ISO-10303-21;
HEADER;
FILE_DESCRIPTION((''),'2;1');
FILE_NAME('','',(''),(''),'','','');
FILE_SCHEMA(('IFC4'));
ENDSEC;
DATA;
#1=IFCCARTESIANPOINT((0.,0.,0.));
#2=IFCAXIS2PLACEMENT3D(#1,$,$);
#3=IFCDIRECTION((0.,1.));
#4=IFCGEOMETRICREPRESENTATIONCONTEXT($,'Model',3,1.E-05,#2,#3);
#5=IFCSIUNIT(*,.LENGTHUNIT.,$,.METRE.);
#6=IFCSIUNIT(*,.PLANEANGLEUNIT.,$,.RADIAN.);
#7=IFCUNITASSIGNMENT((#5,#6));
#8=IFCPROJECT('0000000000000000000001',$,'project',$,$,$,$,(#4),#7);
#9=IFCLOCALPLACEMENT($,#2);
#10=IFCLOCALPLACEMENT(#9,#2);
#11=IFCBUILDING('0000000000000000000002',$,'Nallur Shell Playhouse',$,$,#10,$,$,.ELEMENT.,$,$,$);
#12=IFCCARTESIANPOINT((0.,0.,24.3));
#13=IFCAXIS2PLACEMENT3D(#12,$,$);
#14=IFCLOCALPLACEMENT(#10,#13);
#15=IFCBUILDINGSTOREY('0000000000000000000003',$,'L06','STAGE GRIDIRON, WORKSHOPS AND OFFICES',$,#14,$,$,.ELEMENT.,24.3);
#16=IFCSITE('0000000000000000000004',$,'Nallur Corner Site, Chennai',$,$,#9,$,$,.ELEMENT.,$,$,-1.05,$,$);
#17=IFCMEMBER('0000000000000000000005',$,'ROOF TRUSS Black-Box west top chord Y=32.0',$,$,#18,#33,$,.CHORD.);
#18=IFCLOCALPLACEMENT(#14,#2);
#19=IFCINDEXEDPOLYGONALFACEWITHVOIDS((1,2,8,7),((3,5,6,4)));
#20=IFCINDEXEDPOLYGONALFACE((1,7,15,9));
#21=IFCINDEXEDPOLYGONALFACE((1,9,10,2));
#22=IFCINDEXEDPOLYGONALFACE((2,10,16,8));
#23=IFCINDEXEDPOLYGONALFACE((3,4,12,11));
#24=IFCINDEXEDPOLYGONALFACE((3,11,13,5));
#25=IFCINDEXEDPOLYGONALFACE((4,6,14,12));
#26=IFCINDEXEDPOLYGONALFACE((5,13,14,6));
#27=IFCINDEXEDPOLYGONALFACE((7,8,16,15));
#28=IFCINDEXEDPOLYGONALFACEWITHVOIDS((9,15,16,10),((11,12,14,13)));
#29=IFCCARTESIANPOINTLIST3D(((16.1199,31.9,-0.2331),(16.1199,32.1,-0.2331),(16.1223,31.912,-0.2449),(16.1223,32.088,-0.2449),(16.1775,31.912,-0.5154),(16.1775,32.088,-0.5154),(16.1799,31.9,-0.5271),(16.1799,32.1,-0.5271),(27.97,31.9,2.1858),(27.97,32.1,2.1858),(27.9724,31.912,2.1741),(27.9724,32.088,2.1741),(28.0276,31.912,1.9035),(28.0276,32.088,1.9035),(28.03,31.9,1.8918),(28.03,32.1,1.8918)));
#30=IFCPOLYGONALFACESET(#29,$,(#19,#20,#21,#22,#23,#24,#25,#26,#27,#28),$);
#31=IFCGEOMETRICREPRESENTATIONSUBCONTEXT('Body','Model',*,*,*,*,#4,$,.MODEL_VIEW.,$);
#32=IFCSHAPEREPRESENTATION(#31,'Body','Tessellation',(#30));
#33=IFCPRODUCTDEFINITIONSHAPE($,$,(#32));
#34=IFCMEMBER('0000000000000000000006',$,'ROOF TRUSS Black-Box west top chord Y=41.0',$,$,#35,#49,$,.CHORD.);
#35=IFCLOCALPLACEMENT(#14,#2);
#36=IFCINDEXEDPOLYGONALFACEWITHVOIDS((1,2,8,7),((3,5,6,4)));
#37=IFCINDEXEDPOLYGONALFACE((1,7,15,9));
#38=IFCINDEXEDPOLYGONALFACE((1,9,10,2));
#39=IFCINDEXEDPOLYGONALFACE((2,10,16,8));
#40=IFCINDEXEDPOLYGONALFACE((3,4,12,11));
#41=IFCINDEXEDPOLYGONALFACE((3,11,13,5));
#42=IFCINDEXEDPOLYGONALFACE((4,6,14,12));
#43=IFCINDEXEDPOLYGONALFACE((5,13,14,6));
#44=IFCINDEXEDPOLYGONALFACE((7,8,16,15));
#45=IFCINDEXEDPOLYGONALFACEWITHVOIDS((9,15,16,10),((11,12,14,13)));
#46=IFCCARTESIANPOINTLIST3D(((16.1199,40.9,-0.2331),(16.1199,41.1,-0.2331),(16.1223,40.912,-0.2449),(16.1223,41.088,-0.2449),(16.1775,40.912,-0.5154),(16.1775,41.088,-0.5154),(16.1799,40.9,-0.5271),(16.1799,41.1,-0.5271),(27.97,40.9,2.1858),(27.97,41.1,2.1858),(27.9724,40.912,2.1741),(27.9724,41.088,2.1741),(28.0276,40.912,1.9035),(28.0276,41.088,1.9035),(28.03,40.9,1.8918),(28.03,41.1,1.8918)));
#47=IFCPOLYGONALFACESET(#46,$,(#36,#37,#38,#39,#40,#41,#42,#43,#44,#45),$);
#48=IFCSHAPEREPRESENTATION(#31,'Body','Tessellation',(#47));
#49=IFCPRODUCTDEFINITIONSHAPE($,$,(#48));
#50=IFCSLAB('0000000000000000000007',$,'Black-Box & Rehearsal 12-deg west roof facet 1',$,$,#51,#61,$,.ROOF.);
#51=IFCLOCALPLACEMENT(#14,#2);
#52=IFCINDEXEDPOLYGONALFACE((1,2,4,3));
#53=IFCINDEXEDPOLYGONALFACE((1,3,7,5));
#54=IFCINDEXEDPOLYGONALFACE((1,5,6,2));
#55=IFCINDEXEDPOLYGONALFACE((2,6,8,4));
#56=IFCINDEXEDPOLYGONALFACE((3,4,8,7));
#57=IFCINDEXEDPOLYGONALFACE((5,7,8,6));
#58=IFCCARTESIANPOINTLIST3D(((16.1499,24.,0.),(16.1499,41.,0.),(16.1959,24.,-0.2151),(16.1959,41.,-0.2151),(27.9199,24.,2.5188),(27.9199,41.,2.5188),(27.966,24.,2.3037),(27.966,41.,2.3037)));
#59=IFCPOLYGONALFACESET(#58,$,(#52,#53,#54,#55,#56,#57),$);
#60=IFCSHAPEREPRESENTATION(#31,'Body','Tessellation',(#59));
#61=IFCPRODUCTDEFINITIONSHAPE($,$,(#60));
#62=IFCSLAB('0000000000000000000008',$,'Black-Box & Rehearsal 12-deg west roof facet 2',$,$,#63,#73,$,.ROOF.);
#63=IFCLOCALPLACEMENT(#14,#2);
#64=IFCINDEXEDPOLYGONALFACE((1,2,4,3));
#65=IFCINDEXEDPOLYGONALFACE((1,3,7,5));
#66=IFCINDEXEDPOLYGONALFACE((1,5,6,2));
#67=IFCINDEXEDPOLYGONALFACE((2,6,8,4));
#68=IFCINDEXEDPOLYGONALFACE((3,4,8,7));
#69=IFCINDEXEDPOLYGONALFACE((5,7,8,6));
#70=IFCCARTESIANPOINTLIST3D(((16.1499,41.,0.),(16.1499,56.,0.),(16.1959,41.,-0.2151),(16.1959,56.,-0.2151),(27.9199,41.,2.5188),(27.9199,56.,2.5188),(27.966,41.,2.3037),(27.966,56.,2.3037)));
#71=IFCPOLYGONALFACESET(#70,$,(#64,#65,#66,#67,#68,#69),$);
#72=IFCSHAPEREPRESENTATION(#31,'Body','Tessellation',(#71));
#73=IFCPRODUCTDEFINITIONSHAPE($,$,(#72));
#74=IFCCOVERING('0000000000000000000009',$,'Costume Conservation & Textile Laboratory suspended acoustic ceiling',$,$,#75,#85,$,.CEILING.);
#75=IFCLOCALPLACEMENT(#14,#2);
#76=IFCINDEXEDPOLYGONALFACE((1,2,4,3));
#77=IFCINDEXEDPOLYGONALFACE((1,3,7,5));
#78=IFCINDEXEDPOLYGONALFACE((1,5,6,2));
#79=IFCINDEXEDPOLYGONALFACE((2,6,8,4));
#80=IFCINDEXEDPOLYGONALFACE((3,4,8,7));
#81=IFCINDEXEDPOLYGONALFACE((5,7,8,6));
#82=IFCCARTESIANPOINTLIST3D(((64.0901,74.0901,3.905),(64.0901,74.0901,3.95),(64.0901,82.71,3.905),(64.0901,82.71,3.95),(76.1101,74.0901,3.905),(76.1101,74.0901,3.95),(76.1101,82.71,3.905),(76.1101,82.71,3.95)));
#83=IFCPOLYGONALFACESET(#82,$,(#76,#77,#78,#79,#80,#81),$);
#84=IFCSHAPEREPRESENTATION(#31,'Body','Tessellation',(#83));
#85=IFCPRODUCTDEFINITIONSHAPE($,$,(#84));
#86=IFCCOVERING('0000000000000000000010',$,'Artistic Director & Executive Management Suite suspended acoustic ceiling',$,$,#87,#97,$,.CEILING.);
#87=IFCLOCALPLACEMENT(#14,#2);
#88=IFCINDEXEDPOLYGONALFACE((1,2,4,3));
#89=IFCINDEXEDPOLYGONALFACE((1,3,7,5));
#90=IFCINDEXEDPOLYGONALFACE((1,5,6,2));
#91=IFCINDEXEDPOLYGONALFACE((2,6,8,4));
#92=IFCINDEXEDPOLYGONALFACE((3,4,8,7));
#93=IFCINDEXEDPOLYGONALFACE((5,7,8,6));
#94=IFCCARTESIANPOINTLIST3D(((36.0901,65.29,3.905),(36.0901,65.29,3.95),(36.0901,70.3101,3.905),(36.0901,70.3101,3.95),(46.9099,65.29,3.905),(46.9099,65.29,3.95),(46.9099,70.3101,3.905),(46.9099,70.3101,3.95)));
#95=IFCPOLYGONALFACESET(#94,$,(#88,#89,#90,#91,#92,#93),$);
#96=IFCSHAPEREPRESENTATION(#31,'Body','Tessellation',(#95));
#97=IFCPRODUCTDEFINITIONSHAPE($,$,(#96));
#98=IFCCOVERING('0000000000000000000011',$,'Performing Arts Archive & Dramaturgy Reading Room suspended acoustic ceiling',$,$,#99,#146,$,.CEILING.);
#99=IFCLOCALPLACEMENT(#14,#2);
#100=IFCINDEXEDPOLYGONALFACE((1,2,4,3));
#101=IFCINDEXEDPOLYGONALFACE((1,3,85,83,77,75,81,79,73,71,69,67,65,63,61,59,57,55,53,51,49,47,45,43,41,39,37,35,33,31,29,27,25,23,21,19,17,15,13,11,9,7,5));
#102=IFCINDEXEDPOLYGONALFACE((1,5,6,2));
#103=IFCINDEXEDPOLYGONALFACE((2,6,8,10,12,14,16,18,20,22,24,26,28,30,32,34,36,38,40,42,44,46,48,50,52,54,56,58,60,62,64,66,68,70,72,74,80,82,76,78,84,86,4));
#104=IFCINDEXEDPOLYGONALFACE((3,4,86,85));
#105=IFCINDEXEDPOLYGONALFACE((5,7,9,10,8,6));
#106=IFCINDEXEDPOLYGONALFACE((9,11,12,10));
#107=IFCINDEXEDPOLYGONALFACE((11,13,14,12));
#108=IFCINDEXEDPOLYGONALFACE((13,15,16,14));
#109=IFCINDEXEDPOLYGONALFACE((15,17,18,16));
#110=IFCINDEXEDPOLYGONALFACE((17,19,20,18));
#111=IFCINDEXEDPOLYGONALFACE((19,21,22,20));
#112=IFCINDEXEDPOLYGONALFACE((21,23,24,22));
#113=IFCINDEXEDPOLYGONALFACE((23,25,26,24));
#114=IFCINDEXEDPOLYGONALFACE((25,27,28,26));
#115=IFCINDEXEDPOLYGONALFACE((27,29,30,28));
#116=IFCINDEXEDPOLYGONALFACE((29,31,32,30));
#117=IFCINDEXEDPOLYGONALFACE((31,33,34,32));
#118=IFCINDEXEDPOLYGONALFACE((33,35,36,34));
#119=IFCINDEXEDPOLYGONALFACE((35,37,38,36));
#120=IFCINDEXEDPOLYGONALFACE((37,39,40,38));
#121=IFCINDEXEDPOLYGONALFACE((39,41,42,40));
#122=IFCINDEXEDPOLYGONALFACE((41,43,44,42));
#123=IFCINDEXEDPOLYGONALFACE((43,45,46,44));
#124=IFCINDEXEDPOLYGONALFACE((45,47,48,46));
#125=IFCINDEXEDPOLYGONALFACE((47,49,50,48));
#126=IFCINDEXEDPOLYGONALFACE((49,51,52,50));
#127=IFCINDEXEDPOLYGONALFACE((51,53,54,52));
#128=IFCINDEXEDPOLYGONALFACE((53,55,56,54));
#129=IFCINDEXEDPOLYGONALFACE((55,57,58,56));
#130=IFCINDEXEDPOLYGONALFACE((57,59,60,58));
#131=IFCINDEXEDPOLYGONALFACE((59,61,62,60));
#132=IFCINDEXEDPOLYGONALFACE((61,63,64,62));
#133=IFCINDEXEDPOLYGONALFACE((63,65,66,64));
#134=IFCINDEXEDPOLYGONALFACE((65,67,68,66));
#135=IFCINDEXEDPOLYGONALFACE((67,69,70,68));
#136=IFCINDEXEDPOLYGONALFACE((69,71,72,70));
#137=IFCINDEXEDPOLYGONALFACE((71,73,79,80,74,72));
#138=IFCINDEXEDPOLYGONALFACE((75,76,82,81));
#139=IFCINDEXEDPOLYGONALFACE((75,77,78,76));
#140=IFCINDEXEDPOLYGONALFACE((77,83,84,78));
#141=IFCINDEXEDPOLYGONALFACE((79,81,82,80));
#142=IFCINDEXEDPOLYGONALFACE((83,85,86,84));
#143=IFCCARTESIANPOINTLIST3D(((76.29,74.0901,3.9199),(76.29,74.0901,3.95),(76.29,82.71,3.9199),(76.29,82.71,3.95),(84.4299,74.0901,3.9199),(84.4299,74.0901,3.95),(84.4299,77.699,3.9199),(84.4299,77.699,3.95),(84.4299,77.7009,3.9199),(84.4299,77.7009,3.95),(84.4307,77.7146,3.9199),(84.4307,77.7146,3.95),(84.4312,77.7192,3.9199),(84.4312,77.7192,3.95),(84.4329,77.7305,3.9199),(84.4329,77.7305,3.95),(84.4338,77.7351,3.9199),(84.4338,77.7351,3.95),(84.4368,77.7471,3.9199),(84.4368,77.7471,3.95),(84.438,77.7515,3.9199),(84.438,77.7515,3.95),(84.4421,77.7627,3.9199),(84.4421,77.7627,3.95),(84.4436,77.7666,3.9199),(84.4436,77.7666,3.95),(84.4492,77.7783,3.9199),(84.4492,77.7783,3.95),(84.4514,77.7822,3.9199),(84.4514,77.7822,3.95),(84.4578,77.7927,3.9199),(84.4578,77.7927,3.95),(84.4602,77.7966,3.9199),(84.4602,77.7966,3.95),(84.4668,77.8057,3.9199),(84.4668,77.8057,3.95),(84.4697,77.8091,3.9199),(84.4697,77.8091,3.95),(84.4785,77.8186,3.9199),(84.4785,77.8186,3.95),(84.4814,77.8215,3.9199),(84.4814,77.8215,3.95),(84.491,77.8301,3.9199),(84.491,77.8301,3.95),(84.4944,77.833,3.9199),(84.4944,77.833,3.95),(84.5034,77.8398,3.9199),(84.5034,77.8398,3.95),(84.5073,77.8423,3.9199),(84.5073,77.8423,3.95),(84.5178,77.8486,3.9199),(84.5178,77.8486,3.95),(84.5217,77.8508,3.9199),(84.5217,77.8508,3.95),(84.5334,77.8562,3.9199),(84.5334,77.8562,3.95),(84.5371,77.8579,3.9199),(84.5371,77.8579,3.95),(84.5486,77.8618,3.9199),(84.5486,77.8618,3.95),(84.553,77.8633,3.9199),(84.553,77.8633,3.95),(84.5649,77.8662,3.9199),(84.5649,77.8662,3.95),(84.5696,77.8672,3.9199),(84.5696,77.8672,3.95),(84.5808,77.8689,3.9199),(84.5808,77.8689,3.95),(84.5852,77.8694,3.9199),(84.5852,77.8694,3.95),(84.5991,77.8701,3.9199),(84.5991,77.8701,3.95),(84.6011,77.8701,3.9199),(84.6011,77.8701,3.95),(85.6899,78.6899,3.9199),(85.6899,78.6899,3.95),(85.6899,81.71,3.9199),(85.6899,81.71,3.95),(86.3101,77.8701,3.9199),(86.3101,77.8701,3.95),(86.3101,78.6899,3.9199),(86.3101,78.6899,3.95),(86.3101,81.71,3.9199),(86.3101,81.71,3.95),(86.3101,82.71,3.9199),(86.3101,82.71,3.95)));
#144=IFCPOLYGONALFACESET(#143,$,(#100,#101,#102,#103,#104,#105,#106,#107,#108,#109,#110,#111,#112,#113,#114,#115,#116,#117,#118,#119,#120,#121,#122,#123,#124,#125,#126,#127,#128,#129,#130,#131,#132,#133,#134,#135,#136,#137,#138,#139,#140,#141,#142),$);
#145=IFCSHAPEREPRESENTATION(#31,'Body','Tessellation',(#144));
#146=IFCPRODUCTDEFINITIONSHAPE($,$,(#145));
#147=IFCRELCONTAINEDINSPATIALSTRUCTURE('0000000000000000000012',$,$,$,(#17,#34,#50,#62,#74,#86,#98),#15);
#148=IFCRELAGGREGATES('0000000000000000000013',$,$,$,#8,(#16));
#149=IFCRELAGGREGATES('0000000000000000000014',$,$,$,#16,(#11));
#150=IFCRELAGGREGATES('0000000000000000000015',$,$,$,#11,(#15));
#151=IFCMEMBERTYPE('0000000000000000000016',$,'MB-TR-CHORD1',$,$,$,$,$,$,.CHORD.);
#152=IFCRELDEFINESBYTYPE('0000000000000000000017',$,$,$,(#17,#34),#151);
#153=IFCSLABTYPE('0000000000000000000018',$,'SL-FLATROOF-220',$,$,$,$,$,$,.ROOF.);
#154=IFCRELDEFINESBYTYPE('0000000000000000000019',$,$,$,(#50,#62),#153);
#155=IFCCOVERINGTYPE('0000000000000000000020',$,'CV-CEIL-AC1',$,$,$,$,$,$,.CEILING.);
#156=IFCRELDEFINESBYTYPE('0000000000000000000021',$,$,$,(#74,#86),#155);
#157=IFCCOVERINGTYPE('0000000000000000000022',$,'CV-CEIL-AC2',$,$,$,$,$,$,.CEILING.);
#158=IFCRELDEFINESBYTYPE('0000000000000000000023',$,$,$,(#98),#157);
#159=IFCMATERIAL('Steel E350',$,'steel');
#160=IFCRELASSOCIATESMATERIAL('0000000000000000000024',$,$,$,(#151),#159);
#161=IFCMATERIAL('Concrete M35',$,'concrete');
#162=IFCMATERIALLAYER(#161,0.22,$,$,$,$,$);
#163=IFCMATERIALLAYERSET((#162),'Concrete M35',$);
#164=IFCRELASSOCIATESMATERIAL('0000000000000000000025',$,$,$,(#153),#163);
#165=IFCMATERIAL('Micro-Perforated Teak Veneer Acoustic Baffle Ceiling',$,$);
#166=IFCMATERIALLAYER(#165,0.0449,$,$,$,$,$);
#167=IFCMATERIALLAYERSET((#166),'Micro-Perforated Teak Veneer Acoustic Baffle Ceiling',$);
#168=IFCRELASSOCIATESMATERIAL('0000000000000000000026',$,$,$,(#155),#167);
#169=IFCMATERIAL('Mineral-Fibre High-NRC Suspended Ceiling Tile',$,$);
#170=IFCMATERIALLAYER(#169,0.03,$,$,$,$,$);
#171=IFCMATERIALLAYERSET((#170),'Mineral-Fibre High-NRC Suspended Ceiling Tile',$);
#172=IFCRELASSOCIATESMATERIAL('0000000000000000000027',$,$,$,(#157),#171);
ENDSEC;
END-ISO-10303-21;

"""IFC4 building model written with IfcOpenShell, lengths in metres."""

from ifc_helpers import new_model, si_unit, direction, frame, origin, origin_2d, place, context, subcontext, project, spatial, polyline, hollow_rectangle, outline, extrude, material, layer, layer_set, material_profile, profile_set, type_object, element, save


model = new_model("IFC4")

# Units and contexts
model_context = context("Model", 3, precision=1e-05, world=origin(), true_north=direction((0.0, 1.0)))
body_context = subcontext(model_context, "Body", "Model", "MODEL_VIEW")
ifc_project = project(units=[si_unit("LENGTHUNIT", "METRE"), si_unit("PLANEANGLEUNIT", "RADIAN")], contexts=[model_context])

# Site, building, storey
site_placement = place(None, origin())
site = spatial("IfcSite", under=ifc_project, at=site_placement, Name="Nallur Corner Site, Chennai", CompositionType="ELEMENT", RefElevation=-1.05)
building_placement = place(site_placement, origin())
building = spatial("IfcBuilding", under=site, at=building_placement, Name="Nallur Shell Playhouse", CompositionType="ELEMENT")
storey_placement = place(building_placement, frame((0.0, 0.0, 24.3)))
storey = spatial("IfcBuildingStorey", under=building, at=storey_placement, Name="L06", Description="STAGE GRIDIRON, WORKSHOPS AND OFFICES", CompositionType="ELEMENT", Elevation=24.3)

# Shared definitions
ifc_material_1 = material(Name="Steel E350", Category="steel")

# Members
ifc_material_profile_1 = material_profile(ifc_material_1, hollow_rectangle(XDim=0.2, YDim=0.3, WallThickness=0.012, at=origin_2d()), Name="RHS 300x200x12")
ifc_profile_set_1 = profile_set([ifc_material_profile_1], Name="Steel E350")
member_type_1 = type_object("IfcMemberType", Name="MB-TR-CHORD1", PredefinedType="CHORD", material=ifc_profile_set_1)
for number, where, z_axis, x_axis, name in (
    (1, (16.1499, 32.0, -0.3801), (0.979795, 0.0, 0.200004), (0.0, 1.0, 0.0), "ROOF TRUSS Black-Box west top chord Y=32.0"),
    (2, (16.1499, 41.0, -0.3801), (0.979795, 0.0, 0.200004), (0.0, 1.0, 0.0), "ROOF TRUSS Black-Box west top chord Y=41.0"),
):
    element("IfcMember", number, at=place(storey_placement, frame(where, z_axis=z_axis, x_axis=x_axis)), inside=storey, type_object=member_type_1, Name=name, PredefinedType="CHORD", context=body_context, shape_type="SweptSolid", body=[
        extrude(hollow_rectangle(XDim=0.2, YDim=0.3, WallThickness=0.012, at=origin_2d()), origin(), (0.0, 0.0, 1.0), 12.0945),
    ])

# Slabs
ifc_material_2 = material(Name="Concrete M35", Category="concrete")
ifc_layer_1 = layer(ifc_material_2, 0.22)
ifc_layer_set_1 = layer_set([ifc_layer_1], Name="Concrete M35")
slab_type = type_object("IfcSlabType", Name="SL-FLATROOF-220", PredefinedType="ROOF", material=ifc_layer_set_1)
slab_1_placement = place(storey_placement, frame((16.1499, 24.0, 0.0), z_axis=(-0.209263, 0.0, 0.977859), x_axis=(0.977859, 0.0, 0.209263)))
element("IfcSlab", 3, at=slab_1_placement, inside=storey, type_object=slab_type, Name="Black-Box & Rehearsal 12-deg west roof facet 1", PredefinedType="ROOF", context=body_context, shape_type="SweptSolid", body=[
    extrude(outline(polyline([(0.0, 0.0), (12.0365, 0.0), (12.0365, 17.0), (0.0, 17.0), (0.0, 0.0)])), origin(), (0.0, 0.0, -1.0), 0.22),
])
slab_2_placement = place(storey_placement, frame((16.1499, 41.0, 0.0), z_axis=(-0.209263, 0.0, 0.977859), x_axis=(0.977859, 0.0, 0.209263)))
element("IfcSlab", 4, at=slab_2_placement, inside=storey, type_object=slab_type, Name="Black-Box & Rehearsal 12-deg west roof facet 2", PredefinedType="ROOF", context=body_context, shape_type="SweptSolid", body=[
    extrude(outline(polyline([(0.0, 0.0), (12.0365, 0.0), (12.0365, 15.0), (0.0, 15.0), (0.0, 0.0)])), origin(), (0.0, 0.0, -1.0), 0.22),
])

# Coverings
ifc_material_3 = material(Name="Micro-Perforated Teak Veneer Acoustic Baffle Ceiling")
ifc_layer_2 = layer(ifc_material_3, 0.0449)
ifc_layer_set_2 = layer_set([ifc_layer_2], Name="Micro-Perforated Teak Veneer Acoustic Baffle Ceiling")
covering_type_1 = type_object("IfcCoveringType", Name="CV-CEIL-AC1", PredefinedType="CEILING", material=ifc_layer_set_2)
covering_1_placement = place(storey_placement, frame((0.0, 0.0, 3.905)))
element("IfcCovering", 5, at=covering_1_placement, inside=storey, type_object=covering_type_1, Name="Costume Conservation & Textile Laboratory suspended acoustic ceiling", PredefinedType="CEILING", context=body_context, shape_type="SweptSolid", body=[
    extrude(outline(polyline([(64.0901, 74.0901), (64.0901, 82.71), (76.1101, 82.71), (76.1101, 74.0901), (64.0901, 74.0901)])), origin(), (0.0, 0.0, 1.0), 0.0449),
])
covering_2_placement = place(storey_placement, frame((0.0, 0.0, 3.905)))
element("IfcCovering", 6, at=covering_2_placement, inside=storey, type_object=covering_type_1, Name="Artistic Director & Executive Management Suite suspended acoustic ceiling", PredefinedType="CEILING", context=body_context, shape_type="SweptSolid", body=[
    extrude(outline(polyline([(36.0901, 65.29), (36.0901, 70.3101), (46.9099, 70.3101), (46.9099, 65.29), (36.0901, 65.29)])), origin(), (0.0, 0.0, 1.0), 0.0449),
])
ifc_material_4 = material(Name="Mineral-Fibre High-NRC Suspended Ceiling Tile")
ifc_layer_3 = layer(ifc_material_4, 0.03)
ifc_layer_set_3 = layer_set([ifc_layer_3], Name="Mineral-Fibre High-NRC Suspended Ceiling Tile")
covering_type_2 = type_object("IfcCoveringType", Name="CV-CEIL-AC2", PredefinedType="CEILING", material=ifc_layer_set_3)
covering_3_placement = place(storey_placement, frame((0.0, 0.0, 3.9199)))
element("IfcCovering", 7, at=covering_3_placement, inside=storey, type_object=covering_type_2, Name="Performing Arts Archive & Dramaturgy Reading Room suspended acoustic ceiling", PredefinedType="CEILING", context=body_context, shape_type="SweptSolid", body=[
    extrude(outline(polyline([(86.3101, 81.71), (85.6899, 81.71), (85.6899, 78.6899), (86.3101, 78.6899), (86.3101, 77.8701), (84.6011, 77.8701), (84.5991, 77.8701), (84.5852, 77.8694), (84.5808, 77.8689), (84.5696, 77.8672), (84.5649, 77.8662), (84.553, 77.8633), (84.5486, 77.8618), (84.5371, 77.8579), (84.5334, 77.8562), (84.5217, 77.8508), (84.5178, 77.8486), (84.5073, 77.8423), (84.5034, 77.8398), (84.4944, 77.833), (84.491, 77.8301), (84.4814, 77.8215), (84.4785, 77.8186), (84.4697, 77.8091), (84.4668, 77.8057), (84.4602, 77.7966), (84.4578, 77.7927), (84.4514, 77.7822), (84.4492, 77.7783), (84.4436, 77.7666), (84.4421, 77.7627), (84.438, 77.7515), (84.4368, 77.7471), (84.4338, 77.7351), (84.4329, 77.7305), (84.4312, 77.7192), (84.4307, 77.7146), (84.4299, 77.7009), (84.4299, 77.699), (84.4299, 74.0901), (76.29, 74.0901), (76.29, 82.71), (86.3101, 82.71), (86.3101, 81.71)])), origin(), (0.0, 0.0, 1.0), 0.03),
])

save(model, "model.ifc")
